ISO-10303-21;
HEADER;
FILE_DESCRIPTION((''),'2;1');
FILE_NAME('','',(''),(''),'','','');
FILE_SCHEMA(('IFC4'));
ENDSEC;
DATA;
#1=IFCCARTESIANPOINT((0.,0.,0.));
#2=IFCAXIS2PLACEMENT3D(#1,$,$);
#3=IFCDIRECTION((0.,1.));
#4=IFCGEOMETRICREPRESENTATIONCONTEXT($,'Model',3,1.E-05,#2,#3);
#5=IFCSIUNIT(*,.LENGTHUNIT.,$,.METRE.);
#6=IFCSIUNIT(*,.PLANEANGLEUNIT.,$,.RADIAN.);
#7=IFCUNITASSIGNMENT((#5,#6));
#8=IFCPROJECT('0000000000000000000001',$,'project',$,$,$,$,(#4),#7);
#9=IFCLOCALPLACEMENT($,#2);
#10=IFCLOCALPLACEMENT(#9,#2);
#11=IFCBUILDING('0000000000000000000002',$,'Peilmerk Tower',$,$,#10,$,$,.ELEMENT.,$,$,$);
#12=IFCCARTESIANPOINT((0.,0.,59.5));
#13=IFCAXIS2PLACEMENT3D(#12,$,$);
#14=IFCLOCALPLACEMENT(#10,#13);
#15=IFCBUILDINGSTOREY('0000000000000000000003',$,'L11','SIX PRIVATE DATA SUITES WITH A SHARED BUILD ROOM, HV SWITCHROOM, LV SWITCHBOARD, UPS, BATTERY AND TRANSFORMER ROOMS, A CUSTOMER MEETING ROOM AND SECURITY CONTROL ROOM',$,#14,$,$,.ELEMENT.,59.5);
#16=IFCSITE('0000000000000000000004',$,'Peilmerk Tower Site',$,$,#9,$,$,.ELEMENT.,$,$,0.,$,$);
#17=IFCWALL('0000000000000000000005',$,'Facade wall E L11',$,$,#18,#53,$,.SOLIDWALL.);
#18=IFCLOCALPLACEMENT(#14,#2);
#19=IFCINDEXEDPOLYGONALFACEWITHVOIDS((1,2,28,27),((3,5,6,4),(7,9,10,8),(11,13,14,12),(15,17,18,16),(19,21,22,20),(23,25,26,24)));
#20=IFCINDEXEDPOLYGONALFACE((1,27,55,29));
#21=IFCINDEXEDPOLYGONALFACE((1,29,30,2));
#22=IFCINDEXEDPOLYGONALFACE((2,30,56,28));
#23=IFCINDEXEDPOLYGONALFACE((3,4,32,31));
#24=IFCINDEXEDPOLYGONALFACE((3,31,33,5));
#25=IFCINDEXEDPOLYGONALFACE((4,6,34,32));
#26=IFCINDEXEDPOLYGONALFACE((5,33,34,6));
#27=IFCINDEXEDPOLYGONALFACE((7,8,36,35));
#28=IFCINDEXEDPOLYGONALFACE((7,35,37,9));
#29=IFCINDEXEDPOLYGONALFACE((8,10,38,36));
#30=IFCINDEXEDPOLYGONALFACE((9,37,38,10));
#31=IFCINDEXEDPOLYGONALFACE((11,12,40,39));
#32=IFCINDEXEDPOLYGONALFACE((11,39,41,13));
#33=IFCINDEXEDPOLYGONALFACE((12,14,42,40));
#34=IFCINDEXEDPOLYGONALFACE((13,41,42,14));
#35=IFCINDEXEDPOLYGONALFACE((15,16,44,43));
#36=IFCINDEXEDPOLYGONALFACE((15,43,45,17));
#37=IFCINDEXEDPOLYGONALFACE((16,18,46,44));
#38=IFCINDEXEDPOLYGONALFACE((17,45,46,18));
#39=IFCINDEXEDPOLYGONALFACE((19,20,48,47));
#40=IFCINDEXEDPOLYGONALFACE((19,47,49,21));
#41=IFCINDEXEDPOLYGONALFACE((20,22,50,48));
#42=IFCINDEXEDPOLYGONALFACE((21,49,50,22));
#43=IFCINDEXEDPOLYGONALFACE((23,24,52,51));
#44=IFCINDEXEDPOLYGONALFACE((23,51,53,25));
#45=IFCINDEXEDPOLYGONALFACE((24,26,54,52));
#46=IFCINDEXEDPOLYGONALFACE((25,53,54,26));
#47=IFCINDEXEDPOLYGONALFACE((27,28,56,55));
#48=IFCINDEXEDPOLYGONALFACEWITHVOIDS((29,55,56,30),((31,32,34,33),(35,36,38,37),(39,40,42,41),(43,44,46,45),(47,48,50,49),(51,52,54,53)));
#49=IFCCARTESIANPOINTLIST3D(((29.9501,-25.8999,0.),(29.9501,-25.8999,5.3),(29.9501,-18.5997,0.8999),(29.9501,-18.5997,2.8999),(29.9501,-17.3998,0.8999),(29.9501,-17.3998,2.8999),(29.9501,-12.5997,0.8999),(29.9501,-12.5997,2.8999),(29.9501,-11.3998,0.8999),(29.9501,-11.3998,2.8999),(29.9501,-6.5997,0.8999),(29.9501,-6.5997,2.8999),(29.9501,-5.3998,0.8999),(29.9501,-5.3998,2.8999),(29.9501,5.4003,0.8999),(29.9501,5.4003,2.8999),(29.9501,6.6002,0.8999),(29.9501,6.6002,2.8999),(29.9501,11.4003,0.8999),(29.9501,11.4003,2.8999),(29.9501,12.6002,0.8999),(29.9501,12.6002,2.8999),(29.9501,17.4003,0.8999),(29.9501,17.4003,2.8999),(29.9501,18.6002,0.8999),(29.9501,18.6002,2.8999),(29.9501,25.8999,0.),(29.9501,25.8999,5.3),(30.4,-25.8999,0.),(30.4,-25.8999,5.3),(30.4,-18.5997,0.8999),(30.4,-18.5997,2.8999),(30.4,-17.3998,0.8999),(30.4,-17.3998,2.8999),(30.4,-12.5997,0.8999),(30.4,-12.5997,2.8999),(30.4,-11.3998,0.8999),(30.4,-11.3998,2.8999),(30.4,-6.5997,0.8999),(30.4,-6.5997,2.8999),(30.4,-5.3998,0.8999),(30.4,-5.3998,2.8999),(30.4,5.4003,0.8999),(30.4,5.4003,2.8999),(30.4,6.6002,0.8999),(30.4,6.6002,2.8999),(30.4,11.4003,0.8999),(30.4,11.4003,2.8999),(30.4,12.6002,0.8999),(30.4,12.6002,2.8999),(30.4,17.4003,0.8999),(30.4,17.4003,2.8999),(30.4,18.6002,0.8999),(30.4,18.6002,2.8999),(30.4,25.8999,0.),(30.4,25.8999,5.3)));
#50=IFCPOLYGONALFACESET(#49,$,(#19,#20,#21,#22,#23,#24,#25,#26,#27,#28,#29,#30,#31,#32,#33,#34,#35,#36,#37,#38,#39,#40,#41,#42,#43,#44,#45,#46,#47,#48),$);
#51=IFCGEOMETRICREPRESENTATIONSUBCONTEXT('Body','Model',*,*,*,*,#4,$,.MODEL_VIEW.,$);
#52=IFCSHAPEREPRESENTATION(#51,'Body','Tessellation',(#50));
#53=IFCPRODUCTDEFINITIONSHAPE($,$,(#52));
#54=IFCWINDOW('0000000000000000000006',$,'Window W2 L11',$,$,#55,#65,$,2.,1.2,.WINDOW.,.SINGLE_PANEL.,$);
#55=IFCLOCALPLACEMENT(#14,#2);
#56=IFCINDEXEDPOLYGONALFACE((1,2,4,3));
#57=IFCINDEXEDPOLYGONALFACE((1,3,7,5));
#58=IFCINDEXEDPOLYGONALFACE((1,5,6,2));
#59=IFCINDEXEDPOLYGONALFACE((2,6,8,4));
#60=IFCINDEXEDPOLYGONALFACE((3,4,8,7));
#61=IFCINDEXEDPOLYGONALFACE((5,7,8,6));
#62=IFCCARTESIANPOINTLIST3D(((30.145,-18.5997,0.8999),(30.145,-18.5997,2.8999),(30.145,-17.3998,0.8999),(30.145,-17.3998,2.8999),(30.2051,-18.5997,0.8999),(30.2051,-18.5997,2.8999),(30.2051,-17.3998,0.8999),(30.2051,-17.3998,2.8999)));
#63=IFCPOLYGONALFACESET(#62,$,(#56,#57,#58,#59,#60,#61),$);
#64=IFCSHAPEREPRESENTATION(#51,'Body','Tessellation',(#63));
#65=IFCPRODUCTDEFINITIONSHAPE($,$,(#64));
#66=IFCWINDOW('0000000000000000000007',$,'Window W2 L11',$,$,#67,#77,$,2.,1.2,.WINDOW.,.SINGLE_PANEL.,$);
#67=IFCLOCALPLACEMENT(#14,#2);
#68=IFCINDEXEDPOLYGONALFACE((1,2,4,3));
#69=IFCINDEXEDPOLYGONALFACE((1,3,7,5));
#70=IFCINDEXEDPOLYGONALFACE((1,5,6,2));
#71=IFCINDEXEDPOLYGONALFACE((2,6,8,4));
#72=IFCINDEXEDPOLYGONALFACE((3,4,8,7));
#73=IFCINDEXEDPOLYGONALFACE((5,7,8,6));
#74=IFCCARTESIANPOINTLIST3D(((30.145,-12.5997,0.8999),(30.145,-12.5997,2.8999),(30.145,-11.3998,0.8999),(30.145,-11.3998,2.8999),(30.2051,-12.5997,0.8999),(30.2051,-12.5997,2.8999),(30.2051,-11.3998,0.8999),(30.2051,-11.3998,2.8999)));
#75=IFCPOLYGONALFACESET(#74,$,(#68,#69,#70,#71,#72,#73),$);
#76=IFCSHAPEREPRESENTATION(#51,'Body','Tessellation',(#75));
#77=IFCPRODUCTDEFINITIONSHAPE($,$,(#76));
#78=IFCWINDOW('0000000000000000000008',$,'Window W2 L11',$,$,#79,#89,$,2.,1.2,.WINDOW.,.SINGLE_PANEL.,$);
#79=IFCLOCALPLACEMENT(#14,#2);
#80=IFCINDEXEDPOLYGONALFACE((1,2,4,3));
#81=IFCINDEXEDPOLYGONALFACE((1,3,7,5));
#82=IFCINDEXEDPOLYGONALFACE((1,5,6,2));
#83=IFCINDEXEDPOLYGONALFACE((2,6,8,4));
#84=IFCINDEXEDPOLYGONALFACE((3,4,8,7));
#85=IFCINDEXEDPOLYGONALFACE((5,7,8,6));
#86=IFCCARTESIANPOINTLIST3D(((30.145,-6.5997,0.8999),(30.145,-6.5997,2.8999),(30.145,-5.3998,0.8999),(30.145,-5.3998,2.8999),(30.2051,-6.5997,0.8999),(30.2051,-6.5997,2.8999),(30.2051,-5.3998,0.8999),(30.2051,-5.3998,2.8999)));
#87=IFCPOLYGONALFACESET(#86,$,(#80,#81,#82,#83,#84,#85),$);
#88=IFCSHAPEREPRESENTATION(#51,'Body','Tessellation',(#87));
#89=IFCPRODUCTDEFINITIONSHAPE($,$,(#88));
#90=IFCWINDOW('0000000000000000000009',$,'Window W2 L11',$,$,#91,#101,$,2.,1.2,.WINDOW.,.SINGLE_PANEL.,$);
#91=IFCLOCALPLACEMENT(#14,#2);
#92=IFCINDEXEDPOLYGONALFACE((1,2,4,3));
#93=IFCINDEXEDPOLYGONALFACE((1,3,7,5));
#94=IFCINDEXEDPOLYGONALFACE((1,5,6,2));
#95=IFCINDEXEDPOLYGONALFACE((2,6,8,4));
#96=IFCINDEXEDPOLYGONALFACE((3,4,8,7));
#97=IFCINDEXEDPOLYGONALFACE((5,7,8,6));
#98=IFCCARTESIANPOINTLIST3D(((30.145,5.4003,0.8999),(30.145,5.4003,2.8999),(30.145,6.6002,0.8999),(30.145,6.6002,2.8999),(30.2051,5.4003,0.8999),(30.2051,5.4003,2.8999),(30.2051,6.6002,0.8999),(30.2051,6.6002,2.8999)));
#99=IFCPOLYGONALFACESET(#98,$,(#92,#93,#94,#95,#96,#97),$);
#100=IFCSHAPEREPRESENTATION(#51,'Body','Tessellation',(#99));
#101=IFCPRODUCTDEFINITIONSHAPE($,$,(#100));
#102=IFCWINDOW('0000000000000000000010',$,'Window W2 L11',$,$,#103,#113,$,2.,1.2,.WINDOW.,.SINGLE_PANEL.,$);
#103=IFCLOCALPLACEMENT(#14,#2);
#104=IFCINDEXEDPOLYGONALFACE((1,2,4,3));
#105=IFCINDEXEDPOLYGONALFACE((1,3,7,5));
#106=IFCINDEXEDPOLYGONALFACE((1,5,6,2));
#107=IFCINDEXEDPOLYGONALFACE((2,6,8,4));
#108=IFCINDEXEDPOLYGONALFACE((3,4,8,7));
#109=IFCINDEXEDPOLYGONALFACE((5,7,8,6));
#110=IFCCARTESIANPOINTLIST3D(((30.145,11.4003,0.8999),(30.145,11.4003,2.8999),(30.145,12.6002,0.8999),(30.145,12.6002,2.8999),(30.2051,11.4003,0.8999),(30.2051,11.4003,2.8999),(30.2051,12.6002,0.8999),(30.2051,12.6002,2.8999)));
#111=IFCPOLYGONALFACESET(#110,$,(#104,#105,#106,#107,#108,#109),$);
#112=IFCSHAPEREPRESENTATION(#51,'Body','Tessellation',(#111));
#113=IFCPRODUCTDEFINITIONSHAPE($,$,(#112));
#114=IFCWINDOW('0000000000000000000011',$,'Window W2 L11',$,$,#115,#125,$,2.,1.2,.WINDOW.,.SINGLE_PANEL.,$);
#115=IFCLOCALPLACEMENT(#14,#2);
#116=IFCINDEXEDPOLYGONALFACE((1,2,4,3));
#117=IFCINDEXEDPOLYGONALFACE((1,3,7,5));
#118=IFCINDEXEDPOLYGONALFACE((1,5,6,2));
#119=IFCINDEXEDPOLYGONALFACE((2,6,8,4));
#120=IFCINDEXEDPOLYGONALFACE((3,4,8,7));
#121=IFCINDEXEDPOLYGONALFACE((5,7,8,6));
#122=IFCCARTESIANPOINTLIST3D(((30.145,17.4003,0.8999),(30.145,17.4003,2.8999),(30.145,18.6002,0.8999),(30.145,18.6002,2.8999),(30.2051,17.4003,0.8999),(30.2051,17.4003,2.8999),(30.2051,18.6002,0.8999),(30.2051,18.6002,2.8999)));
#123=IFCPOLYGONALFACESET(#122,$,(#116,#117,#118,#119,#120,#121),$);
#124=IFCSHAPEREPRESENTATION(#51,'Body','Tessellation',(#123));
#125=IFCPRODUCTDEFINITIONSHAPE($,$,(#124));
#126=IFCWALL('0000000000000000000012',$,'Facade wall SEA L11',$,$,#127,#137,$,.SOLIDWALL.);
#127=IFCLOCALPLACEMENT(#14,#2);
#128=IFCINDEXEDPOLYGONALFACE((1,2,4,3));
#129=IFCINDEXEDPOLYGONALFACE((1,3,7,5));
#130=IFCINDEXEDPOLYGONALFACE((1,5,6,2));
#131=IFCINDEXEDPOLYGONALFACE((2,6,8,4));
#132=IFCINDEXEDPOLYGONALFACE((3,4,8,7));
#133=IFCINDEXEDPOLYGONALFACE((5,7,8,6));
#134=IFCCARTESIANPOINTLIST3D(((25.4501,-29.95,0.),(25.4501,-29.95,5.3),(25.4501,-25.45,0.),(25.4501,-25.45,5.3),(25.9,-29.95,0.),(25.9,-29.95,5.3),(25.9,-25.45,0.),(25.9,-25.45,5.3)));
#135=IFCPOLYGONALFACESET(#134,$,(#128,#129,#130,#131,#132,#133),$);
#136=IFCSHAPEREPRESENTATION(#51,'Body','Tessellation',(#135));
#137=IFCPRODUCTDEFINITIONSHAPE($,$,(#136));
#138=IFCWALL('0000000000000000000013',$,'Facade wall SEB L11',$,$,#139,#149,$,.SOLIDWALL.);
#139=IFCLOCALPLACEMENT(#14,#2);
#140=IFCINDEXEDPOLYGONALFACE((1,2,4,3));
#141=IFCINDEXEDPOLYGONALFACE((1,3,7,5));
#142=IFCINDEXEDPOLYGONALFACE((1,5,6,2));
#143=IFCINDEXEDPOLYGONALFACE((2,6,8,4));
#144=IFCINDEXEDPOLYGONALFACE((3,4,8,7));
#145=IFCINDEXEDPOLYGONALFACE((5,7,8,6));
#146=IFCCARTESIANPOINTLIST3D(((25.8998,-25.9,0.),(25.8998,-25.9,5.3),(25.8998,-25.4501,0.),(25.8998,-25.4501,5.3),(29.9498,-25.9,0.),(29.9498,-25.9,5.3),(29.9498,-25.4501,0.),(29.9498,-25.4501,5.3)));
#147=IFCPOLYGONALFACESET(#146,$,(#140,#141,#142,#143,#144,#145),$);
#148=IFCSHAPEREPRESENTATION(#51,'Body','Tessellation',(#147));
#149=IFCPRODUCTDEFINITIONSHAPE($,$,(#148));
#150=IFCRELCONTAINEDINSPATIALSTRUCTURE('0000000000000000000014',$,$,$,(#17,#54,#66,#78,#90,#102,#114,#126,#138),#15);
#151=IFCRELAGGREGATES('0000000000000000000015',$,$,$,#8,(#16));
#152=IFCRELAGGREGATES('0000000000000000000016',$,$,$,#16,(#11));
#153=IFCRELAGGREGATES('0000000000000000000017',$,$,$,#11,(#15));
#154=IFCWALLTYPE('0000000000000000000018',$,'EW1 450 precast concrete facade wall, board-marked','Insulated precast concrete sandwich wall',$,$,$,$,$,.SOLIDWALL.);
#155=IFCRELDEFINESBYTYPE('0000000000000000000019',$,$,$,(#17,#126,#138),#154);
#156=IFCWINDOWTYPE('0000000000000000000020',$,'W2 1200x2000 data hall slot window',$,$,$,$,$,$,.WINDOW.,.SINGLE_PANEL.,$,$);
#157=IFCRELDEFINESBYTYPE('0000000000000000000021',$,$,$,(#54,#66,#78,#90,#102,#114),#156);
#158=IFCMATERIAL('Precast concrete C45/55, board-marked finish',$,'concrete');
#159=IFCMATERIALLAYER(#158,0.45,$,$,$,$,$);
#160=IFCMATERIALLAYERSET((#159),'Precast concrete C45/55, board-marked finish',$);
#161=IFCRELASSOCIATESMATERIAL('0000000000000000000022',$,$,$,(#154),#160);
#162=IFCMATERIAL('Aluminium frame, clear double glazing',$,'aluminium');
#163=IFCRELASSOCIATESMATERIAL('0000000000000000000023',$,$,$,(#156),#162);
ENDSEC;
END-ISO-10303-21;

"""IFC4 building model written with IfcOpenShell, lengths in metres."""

from ifc_helpers import new_model, si_unit, direction, frame, frame_2d, origin, place, context, subcontext, project, spatial, rectangle, extrude, material, layer, layer_set, type_object, element, fill, save


model = new_model("IFC4")

# Units and contexts
model_context = context("Model", 3, precision=1e-05, world=origin(), true_north=direction((0.0, 1.0)))
body_context = subcontext(model_context, "Body", "Model", "MODEL_VIEW")
ifc_project = project(units=[si_unit("LENGTHUNIT", "METRE"), si_unit("PLANEANGLEUNIT", "RADIAN")], contexts=[model_context])

# Site, building, storey
site_placement = place(None, origin())
site = spatial("IfcSite", under=ifc_project, at=site_placement, Name="Peilmerk Tower Site", CompositionType="ELEMENT", RefElevation=0.0)
building_placement = place(site_placement, origin())
building = spatial("IfcBuilding", under=site, at=building_placement, Name="Peilmerk Tower", CompositionType="ELEMENT")
storey_placement = place(building_placement, frame((0.0, 0.0, 59.5)))
storey = spatial("IfcBuildingStorey", under=building, at=storey_placement, Name="L11", Description="SIX PRIVATE DATA SUITES WITH A SHARED BUILD ROOM, HV SWITCHROOM, LV SWITCHBOARD, UPS, BATTERY AND TRANSFORMER ROOMS, A CUSTOMER MEETING ROOM AND SECURITY CONTROL ROOM", CompositionType="ELEMENT", Elevation=59.5)

# Wall, openings, windows
ifc_material_1 = material(Name="Precast concrete C45/55, board-marked finish", Category="concrete")
ifc_layer = layer(ifc_material_1, 0.45)
ifc_layer_set = layer_set([ifc_layer], Name="Precast concrete C45/55, board-marked finish")
wall_type = type_object("IfcWallType", Name="EW1 450 precast concrete facade wall, board-marked", Description="Insulated precast concrete sandwich wall", PredefinedType="SOLIDWALL", material=ifc_layer_set)
wall_1_placement = place(storey_placement, frame((30.175, -25.8999, 0.0), z_axis=(0.0, 0.0, 1.0), x_axis=(0.0, 1.0, 0.0)))
wall_1 = element("IfcWall", 1, at=wall_1_placement, inside=storey, type_object=wall_type, Name="Facade wall E L11", PredefinedType="SOLIDWALL", context=body_context, shape_type="SweptSolid", body=[
    extrude(rectangle(XDim=51.7998, YDim=0.45, at=frame_2d((25.8999, 0.0))), origin(), (0.0, 0.0, 1.0), 5.3),
])
opening_1_placement = place(wall_1_placement, frame((7.3, 0.0, 0.8999)))
opening_1 = element("IfcOpeningElement", 2, at=opening_1_placement, cuts=wall_1, PredefinedType="OPENING", context=body_context, shape_type="SweptSolid", body=[
    extrude(rectangle(XDim=1.2, YDim=2.0, at=frame_2d((0.6001, 1.0))), frame((0.0, 0.2349, 0.0), z_axis=(0.0, -1.0, 0.0), x_axis=(1.0, 0.0, 0.0)), (0.0, 0.0, 1.0), 0.47),
])
opening_2_placement = place(wall_1_placement, frame((13.3, 0.0, 0.8999)))
opening_2 = element("IfcOpeningElement", 3, at=opening_2_placement, cuts=wall_1, PredefinedType="OPENING", context=body_context, shape_type="SweptSolid", body=[
    extrude(rectangle(XDim=1.2, YDim=2.0, at=frame_2d((0.6001, 1.0))), frame((0.0, 0.2349, 0.0), z_axis=(0.0, -1.0, 0.0), x_axis=(1.0, 0.0, 0.0)), (0.0, 0.0, 1.0), 0.47),
])
opening_3_placement = place(wall_1_placement, frame((19.3, 0.0, 0.8999)))
opening_3 = element("IfcOpeningElement", 4, at=opening_3_placement, cuts=wall_1, PredefinedType="OPENING", context=body_context, shape_type="SweptSolid", body=[
    extrude(rectangle(XDim=1.2, YDim=2.0, at=frame_2d((0.6001, 1.0))), frame((0.0, 0.2349, 0.0), z_axis=(0.0, -1.0, 0.0), x_axis=(1.0, 0.0, 0.0)), (0.0, 0.0, 1.0), 0.47),
])
opening_4_placement = place(wall_1_placement, frame((31.3, 0.0, 0.8999)))
opening_4 = element("IfcOpeningElement", 5, at=opening_4_placement, cuts=wall_1, PredefinedType="OPENING", context=body_context, shape_type="SweptSolid", body=[
    extrude(rectangle(XDim=1.2, YDim=2.0, at=frame_2d((0.6001, 1.0))), frame((0.0, 0.2349, 0.0), z_axis=(0.0, -1.0, 0.0), x_axis=(1.0, 0.0, 0.0)), (0.0, 0.0, 1.0), 0.47),
])
opening_5_placement = place(wall_1_placement, frame((37.3, 0.0, 0.8999)))
opening_5 = element("IfcOpeningElement", 6, at=opening_5_placement, cuts=wall_1, PredefinedType="OPENING", context=body_context, shape_type="SweptSolid", body=[
    extrude(rectangle(XDim=1.2, YDim=2.0, at=frame_2d((0.6001, 1.0))), frame((0.0, 0.2349, 0.0), z_axis=(0.0, -1.0, 0.0), x_axis=(1.0, 0.0, 0.0)), (0.0, 0.0, 1.0), 0.47),
])
opening_6_placement = place(wall_1_placement, frame((43.3, 0.0, 0.8999)))
opening_6 = element("IfcOpeningElement", 7, at=opening_6_placement, cuts=wall_1, PredefinedType="OPENING", context=body_context, shape_type="SweptSolid", body=[
    extrude(rectangle(XDim=1.2, YDim=2.0, at=frame_2d((0.6001, 1.0))), frame((0.0, 0.2349, 0.0), z_axis=(0.0, -1.0, 0.0), x_axis=(1.0, 0.0, 0.0)), (0.0, 0.0, 1.0), 0.47),
])
ifc_material_2 = material(Name="Aluminium frame, clear double glazing", Category="aluminium")
window_type = type_object("IfcWindowType", Name="W2 1200x2000 data hall slot window", PartitioningType="SINGLE_PANEL", PredefinedType="WINDOW", material=ifc_material_2)
window_1_placement = place(opening_1_placement, origin())
window_1 = element("IfcWindow", 8, at=window_1_placement, inside=storey, type_object=window_type, Name="Window W2 L11", OverallHeight=2.0, OverallWidth=1.2, PartitioningType="SINGLE_PANEL", PredefinedType="WINDOW", context=body_context, shape_type="SweptSolid", body=[
    extrude(rectangle(XDim=1.2, YDim=2.0, at=frame_2d((0.6001, 1.0))), frame((0.0, 0.03, 0.0), z_axis=(0.0, -1.0, 0.0), x_axis=(1.0, 0.0, 0.0)), (0.0, 0.0, 1.0), 0.0601),
])
fill(opening_1, window_1)
window_2_placement = place(opening_2_placement, origin())
window_2 = element("IfcWindow", 9, at=window_2_placement, inside=storey, type_object=window_type, Name="Window W2 L11", OverallHeight=2.0, OverallWidth=1.2, PartitioningType="SINGLE_PANEL", PredefinedType="WINDOW", context=body_context, shape_type="SweptSolid", body=[
    extrude(rectangle(XDim=1.2, YDim=2.0, at=frame_2d((0.6001, 1.0))), frame((0.0, 0.03, 0.0), z_axis=(0.0, -1.0, 0.0), x_axis=(1.0, 0.0, 0.0)), (0.0, 0.0, 1.0), 0.0601),
])
fill(opening_2, window_2)
window_3_placement = place(opening_3_placement, origin())
window_3 = element("IfcWindow", 10, at=window_3_placement, inside=storey, type_object=window_type, Name="Window W2 L11", OverallHeight=2.0, OverallWidth=1.2, PartitioningType="SINGLE_PANEL", PredefinedType="WINDOW", context=body_context, shape_type="SweptSolid", body=[
    extrude(rectangle(XDim=1.2, YDim=2.0, at=frame_2d((0.6001, 1.0))), frame((0.0, 0.03, 0.0), z_axis=(0.0, -1.0, 0.0), x_axis=(1.0, 0.0, 0.0)), (0.0, 0.0, 1.0), 0.0601),
])
fill(opening_3, window_3)
window_4_placement = place(opening_4_placement, origin())
window_4 = element("IfcWindow", 11, at=window_4_placement, inside=storey, type_object=window_type, Name="Window W2 L11", OverallHeight=2.0, OverallWidth=1.2, PartitioningType="SINGLE_PANEL", PredefinedType="WINDOW", context=body_context, shape_type="SweptSolid", body=[
    extrude(rectangle(XDim=1.2, YDim=2.0, at=frame_2d((0.6001, 1.0))), frame((0.0, 0.03, 0.0), z_axis=(0.0, -1.0, 0.0), x_axis=(1.0, 0.0, 0.0)), (0.0, 0.0, 1.0), 0.0601),
])
fill(opening_4, window_4)
window_5_placement = place(opening_5_placement, origin())
window_5 = element("IfcWindow", 12, at=window_5_placement, inside=storey, type_object=window_type, Name="Window W2 L11", OverallHeight=2.0, OverallWidth=1.2, PartitioningType="SINGLE_PANEL", PredefinedType="WINDOW", context=body_context, shape_type="SweptSolid", body=[
    extrude(rectangle(XDim=1.2, YDim=2.0, at=frame_2d((0.6001, 1.0))), frame((0.0, 0.03, 0.0), z_axis=(0.0, -1.0, 0.0), x_axis=(1.0, 0.0, 0.0)), (0.0, 0.0, 1.0), 0.0601),
])
fill(opening_5, window_5)
window_6_placement = place(opening_6_placement, origin())
window_6 = element("IfcWindow", 13, at=window_6_placement, inside=storey, type_object=window_type, Name="Window W2 L11", OverallHeight=2.0, OverallWidth=1.2, PartitioningType="SINGLE_PANEL", PredefinedType="WINDOW", context=body_context, shape_type="SweptSolid", body=[
    extrude(rectangle(XDim=1.2, YDim=2.0, at=frame_2d((0.6001, 1.0))), frame((0.0, 0.03, 0.0), z_axis=(0.0, -1.0, 0.0), x_axis=(1.0, 0.0, 0.0)), (0.0, 0.0, 1.0), 0.0601),
])
fill(opening_6, window_6)

# Walls
wall_2_placement = place(storey_placement, frame((25.675, -25.45, 0.0), z_axis=(0.0, 0.0, 1.0), x_axis=(0.0, -1.0, 0.0)))
element("IfcWall", 14, at=wall_2_placement, inside=storey, type_object=wall_type, Name="Facade wall SEA L11", PredefinedType="SOLIDWALL", context=body_context, shape_type="SweptSolid", body=[
    extrude(rectangle(XDim=4.5, YDim=0.45, at=frame_2d((2.25, 0.0))), origin(), (0.0, 0.0, 1.0), 5.3),
])
wall_3_placement = place(storey_placement, frame((25.8999, -25.675, 0.0), z_axis=(0.0, 0.0, 1.0), x_axis=(1.0, 0.0, 0.0)))
element("IfcWall", 15, at=wall_3_placement, inside=storey, type_object=wall_type, Name="Facade wall SEB L11", PredefinedType="SOLIDWALL", context=body_context, shape_type="SweptSolid", body=[
    extrude(rectangle(XDim=4.05, YDim=0.45, at=frame_2d((2.0249, 0.0))), origin(), (0.0, 0.0, 1.0), 5.3),
])

save(model, "model.ifc")
